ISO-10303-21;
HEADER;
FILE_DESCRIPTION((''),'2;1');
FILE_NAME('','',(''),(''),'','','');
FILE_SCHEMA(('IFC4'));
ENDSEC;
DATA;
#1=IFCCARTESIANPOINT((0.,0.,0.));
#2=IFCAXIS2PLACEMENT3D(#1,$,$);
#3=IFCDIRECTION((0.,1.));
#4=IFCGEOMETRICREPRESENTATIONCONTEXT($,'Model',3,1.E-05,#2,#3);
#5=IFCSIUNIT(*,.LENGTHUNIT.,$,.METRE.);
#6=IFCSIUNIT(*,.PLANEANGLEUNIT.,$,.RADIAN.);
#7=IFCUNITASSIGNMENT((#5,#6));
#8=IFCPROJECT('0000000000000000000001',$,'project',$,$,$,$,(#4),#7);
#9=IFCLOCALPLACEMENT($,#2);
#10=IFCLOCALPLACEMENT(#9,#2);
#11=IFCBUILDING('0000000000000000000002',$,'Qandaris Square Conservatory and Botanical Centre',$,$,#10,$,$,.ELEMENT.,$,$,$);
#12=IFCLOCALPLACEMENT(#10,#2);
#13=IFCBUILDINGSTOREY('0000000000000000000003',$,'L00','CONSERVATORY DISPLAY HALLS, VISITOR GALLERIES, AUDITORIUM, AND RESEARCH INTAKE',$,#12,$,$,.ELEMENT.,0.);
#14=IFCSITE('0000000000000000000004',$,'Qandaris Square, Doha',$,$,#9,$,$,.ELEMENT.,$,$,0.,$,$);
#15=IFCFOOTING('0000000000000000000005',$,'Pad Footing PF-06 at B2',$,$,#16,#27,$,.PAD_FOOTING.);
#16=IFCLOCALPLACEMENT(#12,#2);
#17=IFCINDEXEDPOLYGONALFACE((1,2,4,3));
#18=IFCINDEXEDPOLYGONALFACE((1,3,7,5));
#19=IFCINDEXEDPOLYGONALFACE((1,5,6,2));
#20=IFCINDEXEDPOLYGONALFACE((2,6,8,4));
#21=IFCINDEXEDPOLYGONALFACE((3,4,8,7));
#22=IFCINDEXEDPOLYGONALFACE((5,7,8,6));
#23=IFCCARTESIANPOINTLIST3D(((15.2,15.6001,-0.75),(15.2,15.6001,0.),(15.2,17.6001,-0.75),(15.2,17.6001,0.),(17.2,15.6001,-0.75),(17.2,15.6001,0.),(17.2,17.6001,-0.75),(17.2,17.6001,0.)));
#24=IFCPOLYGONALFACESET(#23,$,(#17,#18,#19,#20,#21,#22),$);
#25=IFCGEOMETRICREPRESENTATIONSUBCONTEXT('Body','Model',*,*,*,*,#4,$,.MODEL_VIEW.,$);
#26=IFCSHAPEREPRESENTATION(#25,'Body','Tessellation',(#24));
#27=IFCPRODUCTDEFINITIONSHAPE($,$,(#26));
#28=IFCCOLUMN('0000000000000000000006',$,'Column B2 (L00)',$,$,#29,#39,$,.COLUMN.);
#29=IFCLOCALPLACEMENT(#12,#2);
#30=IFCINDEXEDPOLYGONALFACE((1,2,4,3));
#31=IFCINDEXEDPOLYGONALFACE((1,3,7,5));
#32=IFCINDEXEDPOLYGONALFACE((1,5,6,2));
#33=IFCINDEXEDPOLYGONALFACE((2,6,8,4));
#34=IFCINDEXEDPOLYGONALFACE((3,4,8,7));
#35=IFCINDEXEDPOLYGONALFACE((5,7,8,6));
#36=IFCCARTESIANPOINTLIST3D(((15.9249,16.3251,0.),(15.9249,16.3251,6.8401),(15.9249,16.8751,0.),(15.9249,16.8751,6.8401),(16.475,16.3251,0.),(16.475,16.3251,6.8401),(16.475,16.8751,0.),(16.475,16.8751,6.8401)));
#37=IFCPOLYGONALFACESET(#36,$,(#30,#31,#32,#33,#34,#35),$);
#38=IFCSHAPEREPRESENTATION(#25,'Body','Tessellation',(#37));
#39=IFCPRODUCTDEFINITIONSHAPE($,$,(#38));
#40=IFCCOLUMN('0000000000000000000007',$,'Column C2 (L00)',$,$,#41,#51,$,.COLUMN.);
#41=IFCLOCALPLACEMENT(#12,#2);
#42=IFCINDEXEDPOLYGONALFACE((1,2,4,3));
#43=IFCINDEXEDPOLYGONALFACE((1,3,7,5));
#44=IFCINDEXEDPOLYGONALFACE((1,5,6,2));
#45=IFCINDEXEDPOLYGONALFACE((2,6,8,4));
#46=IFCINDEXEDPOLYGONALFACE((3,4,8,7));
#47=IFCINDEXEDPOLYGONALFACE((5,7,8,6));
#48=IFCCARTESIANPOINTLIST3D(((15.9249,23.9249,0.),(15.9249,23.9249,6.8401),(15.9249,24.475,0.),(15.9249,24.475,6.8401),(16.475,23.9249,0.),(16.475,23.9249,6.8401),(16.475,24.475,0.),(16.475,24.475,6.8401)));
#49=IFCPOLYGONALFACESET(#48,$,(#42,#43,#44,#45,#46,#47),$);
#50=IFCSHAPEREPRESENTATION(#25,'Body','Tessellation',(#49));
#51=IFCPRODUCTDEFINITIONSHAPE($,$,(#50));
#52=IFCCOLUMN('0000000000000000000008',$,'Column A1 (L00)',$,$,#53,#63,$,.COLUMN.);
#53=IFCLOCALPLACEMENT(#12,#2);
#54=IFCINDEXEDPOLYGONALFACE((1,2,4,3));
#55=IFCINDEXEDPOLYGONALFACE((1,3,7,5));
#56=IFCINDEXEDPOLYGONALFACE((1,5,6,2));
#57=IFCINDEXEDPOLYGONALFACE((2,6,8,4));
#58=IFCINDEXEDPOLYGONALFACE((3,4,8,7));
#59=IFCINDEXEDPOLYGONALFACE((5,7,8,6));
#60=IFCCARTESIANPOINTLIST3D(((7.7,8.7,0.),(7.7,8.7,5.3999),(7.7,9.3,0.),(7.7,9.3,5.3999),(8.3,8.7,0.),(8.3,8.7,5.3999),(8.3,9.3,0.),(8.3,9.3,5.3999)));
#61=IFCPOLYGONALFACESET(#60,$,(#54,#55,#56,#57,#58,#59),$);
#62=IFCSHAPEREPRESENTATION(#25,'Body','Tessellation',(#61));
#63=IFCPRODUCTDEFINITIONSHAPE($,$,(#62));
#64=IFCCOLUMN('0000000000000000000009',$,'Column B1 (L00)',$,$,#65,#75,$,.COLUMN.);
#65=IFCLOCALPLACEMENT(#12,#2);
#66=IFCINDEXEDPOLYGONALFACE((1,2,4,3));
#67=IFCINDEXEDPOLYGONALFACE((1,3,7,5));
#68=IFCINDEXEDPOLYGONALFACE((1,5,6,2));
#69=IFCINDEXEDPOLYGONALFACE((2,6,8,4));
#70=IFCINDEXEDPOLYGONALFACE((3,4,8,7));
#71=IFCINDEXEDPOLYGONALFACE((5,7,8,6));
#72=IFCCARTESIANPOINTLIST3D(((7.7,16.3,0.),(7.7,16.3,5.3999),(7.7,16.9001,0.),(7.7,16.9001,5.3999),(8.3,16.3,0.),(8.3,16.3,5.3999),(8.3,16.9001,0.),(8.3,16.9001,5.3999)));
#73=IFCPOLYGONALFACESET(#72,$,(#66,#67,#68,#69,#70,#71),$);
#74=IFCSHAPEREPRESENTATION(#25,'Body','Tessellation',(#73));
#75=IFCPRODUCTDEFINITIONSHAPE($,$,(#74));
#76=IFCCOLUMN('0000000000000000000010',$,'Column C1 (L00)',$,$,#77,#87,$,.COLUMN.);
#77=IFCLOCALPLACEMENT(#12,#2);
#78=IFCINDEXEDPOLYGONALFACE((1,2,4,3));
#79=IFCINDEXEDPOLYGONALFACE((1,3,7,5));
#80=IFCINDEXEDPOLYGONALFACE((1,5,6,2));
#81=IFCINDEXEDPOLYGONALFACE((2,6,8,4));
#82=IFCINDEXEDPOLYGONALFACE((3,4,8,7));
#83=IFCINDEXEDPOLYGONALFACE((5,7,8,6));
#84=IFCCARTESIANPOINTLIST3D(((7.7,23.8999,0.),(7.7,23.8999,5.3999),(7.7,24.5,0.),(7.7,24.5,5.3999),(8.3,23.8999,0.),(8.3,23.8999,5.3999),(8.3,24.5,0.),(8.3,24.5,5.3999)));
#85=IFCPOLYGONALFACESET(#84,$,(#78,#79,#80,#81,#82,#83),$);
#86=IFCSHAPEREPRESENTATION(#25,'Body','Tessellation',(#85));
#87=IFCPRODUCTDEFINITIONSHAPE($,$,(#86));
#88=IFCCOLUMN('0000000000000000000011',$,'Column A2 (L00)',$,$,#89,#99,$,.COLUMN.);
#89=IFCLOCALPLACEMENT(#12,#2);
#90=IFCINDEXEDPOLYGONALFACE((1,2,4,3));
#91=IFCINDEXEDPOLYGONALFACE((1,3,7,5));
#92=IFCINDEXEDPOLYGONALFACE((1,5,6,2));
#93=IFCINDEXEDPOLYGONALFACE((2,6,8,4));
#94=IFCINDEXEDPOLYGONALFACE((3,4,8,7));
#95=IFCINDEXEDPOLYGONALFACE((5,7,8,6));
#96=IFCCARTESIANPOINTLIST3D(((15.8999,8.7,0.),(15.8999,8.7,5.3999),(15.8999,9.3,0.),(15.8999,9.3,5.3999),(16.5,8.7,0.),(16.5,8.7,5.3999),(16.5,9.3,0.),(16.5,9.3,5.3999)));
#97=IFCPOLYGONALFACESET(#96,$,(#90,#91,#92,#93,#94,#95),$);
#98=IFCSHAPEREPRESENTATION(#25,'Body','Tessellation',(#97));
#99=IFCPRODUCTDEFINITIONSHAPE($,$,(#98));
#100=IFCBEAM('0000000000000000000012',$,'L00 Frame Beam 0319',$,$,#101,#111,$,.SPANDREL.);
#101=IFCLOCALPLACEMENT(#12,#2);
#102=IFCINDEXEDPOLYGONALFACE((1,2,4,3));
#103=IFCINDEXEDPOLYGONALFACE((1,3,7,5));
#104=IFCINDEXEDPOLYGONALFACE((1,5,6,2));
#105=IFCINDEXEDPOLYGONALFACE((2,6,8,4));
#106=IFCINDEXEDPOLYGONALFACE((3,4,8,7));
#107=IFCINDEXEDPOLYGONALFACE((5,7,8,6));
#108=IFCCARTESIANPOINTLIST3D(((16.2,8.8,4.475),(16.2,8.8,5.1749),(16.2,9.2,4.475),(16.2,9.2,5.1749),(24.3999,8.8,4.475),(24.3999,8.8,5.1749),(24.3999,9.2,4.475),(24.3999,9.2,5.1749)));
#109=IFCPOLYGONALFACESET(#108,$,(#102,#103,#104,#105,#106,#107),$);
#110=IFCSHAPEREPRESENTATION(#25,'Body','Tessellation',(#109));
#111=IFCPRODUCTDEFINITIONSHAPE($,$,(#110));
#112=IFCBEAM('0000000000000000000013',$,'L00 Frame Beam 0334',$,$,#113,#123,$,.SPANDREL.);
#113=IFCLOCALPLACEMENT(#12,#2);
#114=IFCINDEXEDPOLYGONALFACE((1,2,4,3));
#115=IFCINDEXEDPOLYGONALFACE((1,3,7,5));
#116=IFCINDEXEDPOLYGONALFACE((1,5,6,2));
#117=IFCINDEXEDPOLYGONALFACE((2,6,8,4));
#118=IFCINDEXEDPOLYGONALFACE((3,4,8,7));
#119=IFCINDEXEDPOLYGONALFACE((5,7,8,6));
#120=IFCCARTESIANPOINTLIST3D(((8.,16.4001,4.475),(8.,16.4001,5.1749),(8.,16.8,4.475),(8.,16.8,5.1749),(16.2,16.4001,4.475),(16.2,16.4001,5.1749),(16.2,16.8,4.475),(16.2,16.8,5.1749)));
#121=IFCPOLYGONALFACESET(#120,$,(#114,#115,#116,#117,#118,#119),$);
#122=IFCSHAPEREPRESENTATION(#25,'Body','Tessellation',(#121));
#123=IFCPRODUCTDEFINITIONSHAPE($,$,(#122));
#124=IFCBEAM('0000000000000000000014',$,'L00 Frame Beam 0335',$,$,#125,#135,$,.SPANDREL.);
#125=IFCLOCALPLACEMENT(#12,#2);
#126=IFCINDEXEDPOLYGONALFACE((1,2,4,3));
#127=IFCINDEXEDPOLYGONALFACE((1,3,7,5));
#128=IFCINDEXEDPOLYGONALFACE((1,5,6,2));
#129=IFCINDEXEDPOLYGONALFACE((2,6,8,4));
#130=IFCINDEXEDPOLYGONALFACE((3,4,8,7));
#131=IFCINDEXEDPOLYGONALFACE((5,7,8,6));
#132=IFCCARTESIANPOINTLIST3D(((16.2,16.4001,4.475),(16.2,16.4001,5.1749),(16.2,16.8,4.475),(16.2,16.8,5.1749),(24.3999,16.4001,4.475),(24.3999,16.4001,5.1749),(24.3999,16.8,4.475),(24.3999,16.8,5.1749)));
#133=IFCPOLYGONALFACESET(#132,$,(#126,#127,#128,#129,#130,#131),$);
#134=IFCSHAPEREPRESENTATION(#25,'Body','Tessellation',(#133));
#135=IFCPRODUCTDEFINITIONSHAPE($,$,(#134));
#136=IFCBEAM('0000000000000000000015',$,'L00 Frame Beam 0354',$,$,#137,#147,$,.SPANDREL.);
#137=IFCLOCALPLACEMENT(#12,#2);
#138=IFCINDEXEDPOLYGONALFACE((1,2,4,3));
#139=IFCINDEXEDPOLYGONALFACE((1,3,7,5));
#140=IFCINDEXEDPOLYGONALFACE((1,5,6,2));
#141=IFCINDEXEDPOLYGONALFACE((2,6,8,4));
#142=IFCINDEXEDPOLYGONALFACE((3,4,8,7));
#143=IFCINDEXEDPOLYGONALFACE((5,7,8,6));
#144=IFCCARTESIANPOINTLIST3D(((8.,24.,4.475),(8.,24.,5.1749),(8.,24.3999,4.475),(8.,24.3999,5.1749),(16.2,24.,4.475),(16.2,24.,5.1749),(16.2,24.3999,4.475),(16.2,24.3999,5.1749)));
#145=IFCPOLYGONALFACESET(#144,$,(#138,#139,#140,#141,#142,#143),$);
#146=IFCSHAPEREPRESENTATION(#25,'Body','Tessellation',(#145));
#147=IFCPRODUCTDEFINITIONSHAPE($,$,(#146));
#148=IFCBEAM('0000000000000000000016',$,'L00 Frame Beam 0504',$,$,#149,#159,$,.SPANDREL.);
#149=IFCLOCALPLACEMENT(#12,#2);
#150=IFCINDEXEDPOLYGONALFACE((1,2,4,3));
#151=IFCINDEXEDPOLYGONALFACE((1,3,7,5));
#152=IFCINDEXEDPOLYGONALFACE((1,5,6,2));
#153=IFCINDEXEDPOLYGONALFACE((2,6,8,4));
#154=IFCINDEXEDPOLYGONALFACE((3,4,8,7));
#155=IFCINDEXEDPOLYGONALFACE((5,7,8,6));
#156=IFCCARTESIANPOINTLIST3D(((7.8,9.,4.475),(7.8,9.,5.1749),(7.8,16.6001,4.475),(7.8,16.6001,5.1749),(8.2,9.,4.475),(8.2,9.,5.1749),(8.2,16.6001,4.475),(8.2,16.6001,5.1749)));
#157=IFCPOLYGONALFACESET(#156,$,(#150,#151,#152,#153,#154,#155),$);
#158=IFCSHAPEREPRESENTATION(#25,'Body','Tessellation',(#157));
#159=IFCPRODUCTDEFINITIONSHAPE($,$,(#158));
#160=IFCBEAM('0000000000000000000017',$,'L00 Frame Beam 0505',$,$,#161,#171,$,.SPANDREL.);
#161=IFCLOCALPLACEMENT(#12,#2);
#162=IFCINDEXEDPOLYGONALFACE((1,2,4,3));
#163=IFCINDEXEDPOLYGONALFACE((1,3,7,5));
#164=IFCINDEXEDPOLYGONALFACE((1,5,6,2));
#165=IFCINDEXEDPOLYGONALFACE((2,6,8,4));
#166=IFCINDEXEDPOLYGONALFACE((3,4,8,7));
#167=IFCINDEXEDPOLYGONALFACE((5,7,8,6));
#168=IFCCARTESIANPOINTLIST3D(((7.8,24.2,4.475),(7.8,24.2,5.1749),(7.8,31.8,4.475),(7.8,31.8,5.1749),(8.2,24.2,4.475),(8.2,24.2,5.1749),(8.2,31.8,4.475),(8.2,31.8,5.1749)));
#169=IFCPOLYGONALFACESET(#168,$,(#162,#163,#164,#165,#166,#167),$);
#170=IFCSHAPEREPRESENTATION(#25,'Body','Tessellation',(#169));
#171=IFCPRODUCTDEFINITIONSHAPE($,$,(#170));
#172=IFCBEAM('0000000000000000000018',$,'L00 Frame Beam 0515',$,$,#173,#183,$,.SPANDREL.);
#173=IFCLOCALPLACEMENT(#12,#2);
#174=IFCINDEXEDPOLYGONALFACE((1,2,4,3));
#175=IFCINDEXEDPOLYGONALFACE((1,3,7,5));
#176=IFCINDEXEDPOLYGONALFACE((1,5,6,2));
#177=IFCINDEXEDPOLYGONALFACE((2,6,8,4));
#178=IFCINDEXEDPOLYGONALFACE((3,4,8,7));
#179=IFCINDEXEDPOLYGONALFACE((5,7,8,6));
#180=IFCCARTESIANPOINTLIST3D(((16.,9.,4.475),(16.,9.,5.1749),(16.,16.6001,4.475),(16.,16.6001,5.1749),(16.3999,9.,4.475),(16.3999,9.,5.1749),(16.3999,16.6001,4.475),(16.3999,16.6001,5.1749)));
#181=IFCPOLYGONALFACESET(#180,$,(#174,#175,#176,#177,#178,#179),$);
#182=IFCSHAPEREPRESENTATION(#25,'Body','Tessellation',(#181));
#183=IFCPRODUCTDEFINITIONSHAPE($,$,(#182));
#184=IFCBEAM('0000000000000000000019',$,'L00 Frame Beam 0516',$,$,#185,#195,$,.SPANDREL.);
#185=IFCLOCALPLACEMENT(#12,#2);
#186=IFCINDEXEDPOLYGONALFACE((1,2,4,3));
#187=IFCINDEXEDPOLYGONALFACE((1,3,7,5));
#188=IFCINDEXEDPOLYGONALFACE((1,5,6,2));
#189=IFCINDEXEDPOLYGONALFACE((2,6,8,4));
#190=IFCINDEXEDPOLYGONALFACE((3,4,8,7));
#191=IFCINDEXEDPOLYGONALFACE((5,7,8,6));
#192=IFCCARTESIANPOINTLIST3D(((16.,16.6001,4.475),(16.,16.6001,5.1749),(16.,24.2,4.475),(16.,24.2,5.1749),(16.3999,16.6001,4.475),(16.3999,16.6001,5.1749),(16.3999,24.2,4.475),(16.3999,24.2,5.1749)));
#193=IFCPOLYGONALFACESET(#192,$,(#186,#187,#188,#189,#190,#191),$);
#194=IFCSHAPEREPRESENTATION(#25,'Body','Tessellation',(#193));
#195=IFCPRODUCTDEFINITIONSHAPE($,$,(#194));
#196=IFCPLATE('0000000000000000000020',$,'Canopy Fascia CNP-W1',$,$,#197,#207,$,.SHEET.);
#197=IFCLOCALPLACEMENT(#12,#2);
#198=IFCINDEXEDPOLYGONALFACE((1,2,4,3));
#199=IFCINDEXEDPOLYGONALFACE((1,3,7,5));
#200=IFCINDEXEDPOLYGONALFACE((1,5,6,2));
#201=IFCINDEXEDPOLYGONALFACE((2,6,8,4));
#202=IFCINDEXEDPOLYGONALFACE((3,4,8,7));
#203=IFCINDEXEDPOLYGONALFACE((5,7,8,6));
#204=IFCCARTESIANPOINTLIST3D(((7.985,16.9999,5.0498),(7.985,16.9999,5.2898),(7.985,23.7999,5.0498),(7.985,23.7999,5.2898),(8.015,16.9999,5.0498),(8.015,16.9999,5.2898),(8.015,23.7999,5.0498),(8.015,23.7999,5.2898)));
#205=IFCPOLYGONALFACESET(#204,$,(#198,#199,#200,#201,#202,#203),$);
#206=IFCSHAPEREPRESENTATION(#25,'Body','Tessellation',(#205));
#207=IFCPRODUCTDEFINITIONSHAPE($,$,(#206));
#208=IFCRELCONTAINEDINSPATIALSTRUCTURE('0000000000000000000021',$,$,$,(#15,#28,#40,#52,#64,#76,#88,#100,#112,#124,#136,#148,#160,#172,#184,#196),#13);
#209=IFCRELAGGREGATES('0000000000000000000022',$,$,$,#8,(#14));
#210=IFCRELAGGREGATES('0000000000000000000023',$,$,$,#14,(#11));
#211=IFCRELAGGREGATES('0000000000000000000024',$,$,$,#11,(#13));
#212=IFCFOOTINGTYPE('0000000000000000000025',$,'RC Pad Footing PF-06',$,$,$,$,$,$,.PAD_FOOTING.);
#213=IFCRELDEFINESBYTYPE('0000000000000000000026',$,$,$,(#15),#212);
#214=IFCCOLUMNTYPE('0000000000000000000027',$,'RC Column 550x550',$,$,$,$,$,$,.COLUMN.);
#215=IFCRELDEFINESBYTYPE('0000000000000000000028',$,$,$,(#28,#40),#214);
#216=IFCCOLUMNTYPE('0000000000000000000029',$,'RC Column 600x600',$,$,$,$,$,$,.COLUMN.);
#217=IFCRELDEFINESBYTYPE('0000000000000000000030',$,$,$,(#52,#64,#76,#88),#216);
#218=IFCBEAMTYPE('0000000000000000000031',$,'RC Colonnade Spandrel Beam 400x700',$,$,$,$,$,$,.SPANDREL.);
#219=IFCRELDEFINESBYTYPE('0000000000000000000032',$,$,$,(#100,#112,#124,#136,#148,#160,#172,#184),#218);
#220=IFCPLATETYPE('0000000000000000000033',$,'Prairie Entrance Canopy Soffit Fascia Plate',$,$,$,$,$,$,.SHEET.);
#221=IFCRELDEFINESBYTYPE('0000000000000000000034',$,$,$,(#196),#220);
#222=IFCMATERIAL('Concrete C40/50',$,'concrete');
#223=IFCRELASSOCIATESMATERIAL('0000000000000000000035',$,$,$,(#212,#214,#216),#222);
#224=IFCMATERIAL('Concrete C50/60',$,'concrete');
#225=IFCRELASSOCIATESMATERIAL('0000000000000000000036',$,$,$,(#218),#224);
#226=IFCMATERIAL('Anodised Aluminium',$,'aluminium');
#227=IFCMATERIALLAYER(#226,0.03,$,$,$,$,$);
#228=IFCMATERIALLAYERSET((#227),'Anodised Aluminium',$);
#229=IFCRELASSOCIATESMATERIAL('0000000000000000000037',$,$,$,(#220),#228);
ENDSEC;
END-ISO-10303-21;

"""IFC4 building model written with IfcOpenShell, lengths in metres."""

from ifc_helpers import new_model, si_unit, direction, frame, origin, origin_2d, place, context, subcontext, project, spatial, rectangle, extrude, material, layer, layer_set, material_profile, profile_set, type_object, element, save


model = new_model("IFC4")

# Units and contexts
model_context = context("Model", 3, precision=1e-05, world=origin(), true_north=direction((0.0, 1.0)))
body_context = subcontext(model_context, "Body", "Model", "MODEL_VIEW")
ifc_project = project(units=[si_unit("LENGTHUNIT", "METRE"), si_unit("PLANEANGLEUNIT", "RADIAN")], contexts=[model_context])

# Site, building, storey
site_placement = place(None, origin())
site = spatial("IfcSite", under=ifc_project, at=site_placement, Name="Qandaris Square, Doha", CompositionType="ELEMENT", RefElevation=0.0)
building_placement = place(site_placement, origin())
building = spatial("IfcBuilding", under=site, at=building_placement, Name="Qandaris Square Conservatory and Botanical Centre", CompositionType="ELEMENT")
storey_placement = place(building_placement, origin())
storey = spatial("IfcBuildingStorey", under=building, at=storey_placement, Name="L00", Description="CONSERVATORY DISPLAY HALLS, VISITOR GALLERIES, AUDITORIUM, AND RESEARCH INTAKE", CompositionType="ELEMENT", Elevation=0.0)

# Footing
ifc_material_1 = material(Name="Concrete C40/50", Category="concrete")
footing_type_1 = type_object("IfcFootingType", Name="RC Pad Footing PF-06", PredefinedType="PAD_FOOTING", material=ifc_material_1)
footing_1_placement = place(storey_placement, frame((16.2, 16.6001, -0.75), z_axis=(0.0, 0.0, 1.0), x_axis=(1.0, 0.0, 0.0)))
element("IfcFooting", 1, at=footing_1_placement, inside=storey, type_object=footing_type_1, Name="Pad Footing PF-06 at B2", PredefinedType="PAD_FOOTING", context=body_context, shape_type="SweptSolid", body=[
    extrude(rectangle(XDim=2.0, YDim=2.0, at=origin_2d()), origin(), (0.0, 0.0, 1.0), 0.75),
])

# Columns
ifc_material_profile_1 = material_profile(ifc_material_1, rectangle(XDim=0.55, YDim=0.55, at=origin_2d()), Name="RC-COL 550x550")
ifc_profile_set_1 = profile_set([ifc_material_profile_1], Name="Concrete C40/50")
column_type_1 = type_object("IfcColumnType", Name="RC Column 550x550", PredefinedType="COLUMN", material=ifc_profile_set_1)
for number, where, z_axis, x_axis, name in (
    (2, (16.2, 16.6001, 0.0), (0.0, 0.0, 1.0), (1.0, 0.0, 0.0), "Column B2 (L00)"),
    (3, (16.2, 24.2, 0.0), (0.0, 0.0, 1.0), (1.0, 0.0, 0.0), "Column C2 (L00)"),
):
    element("IfcColumn", number, at=place(storey_placement, frame(where, z_axis=z_axis, x_axis=x_axis)), inside=storey, type_object=column_type_1, Name=name, PredefinedType="COLUMN", context=body_context, shape_type="SweptSolid", body=[
        extrude(rectangle(XDim=0.55, YDim=0.55, at=origin_2d()), origin(), (0.0, 0.0, 1.0), 6.8401),
    ])
ifc_material_profile_2 = material_profile(ifc_material_1, rectangle(XDim=0.6001, YDim=0.6001, at=origin_2d()), Name="RC-COL 600x600")
ifc_profile_set_2 = profile_set([ifc_material_profile_2], Name="Concrete C40/50")
column_type_2 = type_object("IfcColumnType", Name="RC Column 600x600", PredefinedType="COLUMN", material=ifc_profile_set_2)
for number, where, z_axis, x_axis, name in (
    (4, (8.0, 9.0, 0.0), (0.0, 0.0, 1.0), (1.0, 0.0, 0.0), "Column A1 (L00)"),
    (5, (8.0, 16.6001, 0.0), (0.0, 0.0, 1.0), (1.0, 0.0, 0.0), "Column B1 (L00)"),
    (6, (8.0, 24.2, 0.0), (0.0, 0.0, 1.0), (1.0, 0.0, 0.0), "Column C1 (L00)"),
    (7, (16.2, 9.0, 0.0), (0.0, 0.0, 1.0), (1.0, 0.0, 0.0), "Column A2 (L00)"),
):
    element("IfcColumn", number, at=place(storey_placement, frame(where, z_axis=z_axis, x_axis=x_axis)), inside=storey, type_object=column_type_2, Name=name, PredefinedType="COLUMN", context=body_context, shape_type="SweptSolid", body=[
        extrude(rectangle(XDim=0.6001, YDim=0.6001, at=origin_2d()), origin(), (0.0, 0.0, 1.0), 5.3999),
    ])

# Beams
ifc_material_2 = material(Name="Concrete C50/60", Category="concrete")
ifc_material_profile_3 = material_profile(ifc_material_2, rectangle(XDim=0.3999, YDim=0.7, at=origin_2d()), Name="RC-SP 400x700")
ifc_profile_set_3 = profile_set([ifc_material_profile_3], Name="Concrete C50/60")
beam_type = type_object("IfcBeamType", Name="RC Colonnade Spandrel Beam 400x700", PredefinedType="SPANDREL", material=ifc_profile_set_3)
for number, where, z_axis, x_axis, name in (
    (8, (16.2, 9.0, 4.825), (1.0, 0.0, 0.0), (0.0, 1.0, 0.0), "L00 Frame Beam 0319"),
    (9, (8.0, 16.6001, 4.825), (1.0, 0.0, 0.0), (0.0, 1.0, 0.0), "L00 Frame Beam 0334"),
    (10, (16.2, 16.6001, 4.825), (1.0, 0.0, 0.0), (0.0, 1.0, 0.0), "L00 Frame Beam 0335"),
    (11, (8.0, 24.2, 4.825), (1.0, 0.0, 0.0), (0.0, 1.0, 0.0), "L00 Frame Beam 0354"),
):
    element("IfcBeam", number, at=place(storey_placement, frame(where, z_axis=z_axis, x_axis=x_axis)), inside=storey, type_object=beam_type, Name=name, PredefinedType="SPANDREL", context=body_context, shape_type="SweptSolid", body=[
        extrude(rectangle(XDim=0.3999, YDim=0.7, at=origin_2d()), origin(), (0.0, 0.0, 1.0), 8.2),
    ])
for number, where, z_axis, x_axis, name in (
    (12, (8.0, 9.0, 4.825), (0.0, 1.0, 0.0), (-1.0, 0.0, 0.0), "L00 Frame Beam 0504"),
    (13, (8.0, 24.2, 4.825), (0.0, 1.0, 0.0), (-1.0, 0.0, 0.0), "L00 Frame Beam 0505"),
    (14, (16.2, 9.0, 4.825), (0.0, 1.0, 0.0), (-1.0, 0.0, 0.0), "L00 Frame Beam 0515"),
):
    element("IfcBeam", number, at=place(storey_placement, frame(where, z_axis=z_axis, x_axis=x_axis)), inside=storey, type_object=beam_type, Name=name, PredefinedType="SPANDREL", context=body_context, shape_type="SweptSolid", body=[
        extrude(rectangle(XDim=0.3999, YDim=0.7, at=origin_2d()), origin(), (0.0, 0.0, 1.0), 7.6001),
    ])
beam_placement = place(storey_placement, frame((16.2, 16.6001, 4.825), z_axis=(0.0, 1.0, 0.0), x_axis=(-1.0, 0.0, 0.0)))
element("IfcBeam", 15, at=beam_placement, inside=storey, type_object=beam_type, Name="L00 Frame Beam 0516", PredefinedType="SPANDREL", context=body_context, shape_type="SweptSolid", body=[
    extrude(rectangle(XDim=0.3999, YDim=0.7, at=origin_2d()), origin(), (0.0, 0.0, 1.0), 7.5999),
])

# Plate
ifc_material_3 = material(Name="Anodised Aluminium", Category="aluminium")
ifc_layer_1 = layer(ifc_material_3, 0.03)
ifc_layer_set_1 = layer_set([ifc_layer_1], Name="Anodised Aluminium")
plate_type = type_object("IfcPlateType", Name="Prairie Entrance Canopy Soffit Fascia Plate", PredefinedType="SHEET", material=ifc_layer_set_1)
plate_placement = place(storey_placement, frame((8.0, 20.3999, 5.0498), z_axis=(0.0, 0.0, 1.0), x_axis=(0.0, 1.0, 0.0)))
element("IfcPlate", 16, at=plate_placement, inside=storey, type_object=plate_type, Name="Canopy Fascia CNP-W1", PredefinedType="SHEET", context=body_context, shape_type="SweptSolid", body=[
    extrude(rectangle(XDim=6.8, YDim=0.03, at=origin_2d()), origin(), (0.0, 0.0, 1.0), 0.24),
])

save(model, "model.ifc")
